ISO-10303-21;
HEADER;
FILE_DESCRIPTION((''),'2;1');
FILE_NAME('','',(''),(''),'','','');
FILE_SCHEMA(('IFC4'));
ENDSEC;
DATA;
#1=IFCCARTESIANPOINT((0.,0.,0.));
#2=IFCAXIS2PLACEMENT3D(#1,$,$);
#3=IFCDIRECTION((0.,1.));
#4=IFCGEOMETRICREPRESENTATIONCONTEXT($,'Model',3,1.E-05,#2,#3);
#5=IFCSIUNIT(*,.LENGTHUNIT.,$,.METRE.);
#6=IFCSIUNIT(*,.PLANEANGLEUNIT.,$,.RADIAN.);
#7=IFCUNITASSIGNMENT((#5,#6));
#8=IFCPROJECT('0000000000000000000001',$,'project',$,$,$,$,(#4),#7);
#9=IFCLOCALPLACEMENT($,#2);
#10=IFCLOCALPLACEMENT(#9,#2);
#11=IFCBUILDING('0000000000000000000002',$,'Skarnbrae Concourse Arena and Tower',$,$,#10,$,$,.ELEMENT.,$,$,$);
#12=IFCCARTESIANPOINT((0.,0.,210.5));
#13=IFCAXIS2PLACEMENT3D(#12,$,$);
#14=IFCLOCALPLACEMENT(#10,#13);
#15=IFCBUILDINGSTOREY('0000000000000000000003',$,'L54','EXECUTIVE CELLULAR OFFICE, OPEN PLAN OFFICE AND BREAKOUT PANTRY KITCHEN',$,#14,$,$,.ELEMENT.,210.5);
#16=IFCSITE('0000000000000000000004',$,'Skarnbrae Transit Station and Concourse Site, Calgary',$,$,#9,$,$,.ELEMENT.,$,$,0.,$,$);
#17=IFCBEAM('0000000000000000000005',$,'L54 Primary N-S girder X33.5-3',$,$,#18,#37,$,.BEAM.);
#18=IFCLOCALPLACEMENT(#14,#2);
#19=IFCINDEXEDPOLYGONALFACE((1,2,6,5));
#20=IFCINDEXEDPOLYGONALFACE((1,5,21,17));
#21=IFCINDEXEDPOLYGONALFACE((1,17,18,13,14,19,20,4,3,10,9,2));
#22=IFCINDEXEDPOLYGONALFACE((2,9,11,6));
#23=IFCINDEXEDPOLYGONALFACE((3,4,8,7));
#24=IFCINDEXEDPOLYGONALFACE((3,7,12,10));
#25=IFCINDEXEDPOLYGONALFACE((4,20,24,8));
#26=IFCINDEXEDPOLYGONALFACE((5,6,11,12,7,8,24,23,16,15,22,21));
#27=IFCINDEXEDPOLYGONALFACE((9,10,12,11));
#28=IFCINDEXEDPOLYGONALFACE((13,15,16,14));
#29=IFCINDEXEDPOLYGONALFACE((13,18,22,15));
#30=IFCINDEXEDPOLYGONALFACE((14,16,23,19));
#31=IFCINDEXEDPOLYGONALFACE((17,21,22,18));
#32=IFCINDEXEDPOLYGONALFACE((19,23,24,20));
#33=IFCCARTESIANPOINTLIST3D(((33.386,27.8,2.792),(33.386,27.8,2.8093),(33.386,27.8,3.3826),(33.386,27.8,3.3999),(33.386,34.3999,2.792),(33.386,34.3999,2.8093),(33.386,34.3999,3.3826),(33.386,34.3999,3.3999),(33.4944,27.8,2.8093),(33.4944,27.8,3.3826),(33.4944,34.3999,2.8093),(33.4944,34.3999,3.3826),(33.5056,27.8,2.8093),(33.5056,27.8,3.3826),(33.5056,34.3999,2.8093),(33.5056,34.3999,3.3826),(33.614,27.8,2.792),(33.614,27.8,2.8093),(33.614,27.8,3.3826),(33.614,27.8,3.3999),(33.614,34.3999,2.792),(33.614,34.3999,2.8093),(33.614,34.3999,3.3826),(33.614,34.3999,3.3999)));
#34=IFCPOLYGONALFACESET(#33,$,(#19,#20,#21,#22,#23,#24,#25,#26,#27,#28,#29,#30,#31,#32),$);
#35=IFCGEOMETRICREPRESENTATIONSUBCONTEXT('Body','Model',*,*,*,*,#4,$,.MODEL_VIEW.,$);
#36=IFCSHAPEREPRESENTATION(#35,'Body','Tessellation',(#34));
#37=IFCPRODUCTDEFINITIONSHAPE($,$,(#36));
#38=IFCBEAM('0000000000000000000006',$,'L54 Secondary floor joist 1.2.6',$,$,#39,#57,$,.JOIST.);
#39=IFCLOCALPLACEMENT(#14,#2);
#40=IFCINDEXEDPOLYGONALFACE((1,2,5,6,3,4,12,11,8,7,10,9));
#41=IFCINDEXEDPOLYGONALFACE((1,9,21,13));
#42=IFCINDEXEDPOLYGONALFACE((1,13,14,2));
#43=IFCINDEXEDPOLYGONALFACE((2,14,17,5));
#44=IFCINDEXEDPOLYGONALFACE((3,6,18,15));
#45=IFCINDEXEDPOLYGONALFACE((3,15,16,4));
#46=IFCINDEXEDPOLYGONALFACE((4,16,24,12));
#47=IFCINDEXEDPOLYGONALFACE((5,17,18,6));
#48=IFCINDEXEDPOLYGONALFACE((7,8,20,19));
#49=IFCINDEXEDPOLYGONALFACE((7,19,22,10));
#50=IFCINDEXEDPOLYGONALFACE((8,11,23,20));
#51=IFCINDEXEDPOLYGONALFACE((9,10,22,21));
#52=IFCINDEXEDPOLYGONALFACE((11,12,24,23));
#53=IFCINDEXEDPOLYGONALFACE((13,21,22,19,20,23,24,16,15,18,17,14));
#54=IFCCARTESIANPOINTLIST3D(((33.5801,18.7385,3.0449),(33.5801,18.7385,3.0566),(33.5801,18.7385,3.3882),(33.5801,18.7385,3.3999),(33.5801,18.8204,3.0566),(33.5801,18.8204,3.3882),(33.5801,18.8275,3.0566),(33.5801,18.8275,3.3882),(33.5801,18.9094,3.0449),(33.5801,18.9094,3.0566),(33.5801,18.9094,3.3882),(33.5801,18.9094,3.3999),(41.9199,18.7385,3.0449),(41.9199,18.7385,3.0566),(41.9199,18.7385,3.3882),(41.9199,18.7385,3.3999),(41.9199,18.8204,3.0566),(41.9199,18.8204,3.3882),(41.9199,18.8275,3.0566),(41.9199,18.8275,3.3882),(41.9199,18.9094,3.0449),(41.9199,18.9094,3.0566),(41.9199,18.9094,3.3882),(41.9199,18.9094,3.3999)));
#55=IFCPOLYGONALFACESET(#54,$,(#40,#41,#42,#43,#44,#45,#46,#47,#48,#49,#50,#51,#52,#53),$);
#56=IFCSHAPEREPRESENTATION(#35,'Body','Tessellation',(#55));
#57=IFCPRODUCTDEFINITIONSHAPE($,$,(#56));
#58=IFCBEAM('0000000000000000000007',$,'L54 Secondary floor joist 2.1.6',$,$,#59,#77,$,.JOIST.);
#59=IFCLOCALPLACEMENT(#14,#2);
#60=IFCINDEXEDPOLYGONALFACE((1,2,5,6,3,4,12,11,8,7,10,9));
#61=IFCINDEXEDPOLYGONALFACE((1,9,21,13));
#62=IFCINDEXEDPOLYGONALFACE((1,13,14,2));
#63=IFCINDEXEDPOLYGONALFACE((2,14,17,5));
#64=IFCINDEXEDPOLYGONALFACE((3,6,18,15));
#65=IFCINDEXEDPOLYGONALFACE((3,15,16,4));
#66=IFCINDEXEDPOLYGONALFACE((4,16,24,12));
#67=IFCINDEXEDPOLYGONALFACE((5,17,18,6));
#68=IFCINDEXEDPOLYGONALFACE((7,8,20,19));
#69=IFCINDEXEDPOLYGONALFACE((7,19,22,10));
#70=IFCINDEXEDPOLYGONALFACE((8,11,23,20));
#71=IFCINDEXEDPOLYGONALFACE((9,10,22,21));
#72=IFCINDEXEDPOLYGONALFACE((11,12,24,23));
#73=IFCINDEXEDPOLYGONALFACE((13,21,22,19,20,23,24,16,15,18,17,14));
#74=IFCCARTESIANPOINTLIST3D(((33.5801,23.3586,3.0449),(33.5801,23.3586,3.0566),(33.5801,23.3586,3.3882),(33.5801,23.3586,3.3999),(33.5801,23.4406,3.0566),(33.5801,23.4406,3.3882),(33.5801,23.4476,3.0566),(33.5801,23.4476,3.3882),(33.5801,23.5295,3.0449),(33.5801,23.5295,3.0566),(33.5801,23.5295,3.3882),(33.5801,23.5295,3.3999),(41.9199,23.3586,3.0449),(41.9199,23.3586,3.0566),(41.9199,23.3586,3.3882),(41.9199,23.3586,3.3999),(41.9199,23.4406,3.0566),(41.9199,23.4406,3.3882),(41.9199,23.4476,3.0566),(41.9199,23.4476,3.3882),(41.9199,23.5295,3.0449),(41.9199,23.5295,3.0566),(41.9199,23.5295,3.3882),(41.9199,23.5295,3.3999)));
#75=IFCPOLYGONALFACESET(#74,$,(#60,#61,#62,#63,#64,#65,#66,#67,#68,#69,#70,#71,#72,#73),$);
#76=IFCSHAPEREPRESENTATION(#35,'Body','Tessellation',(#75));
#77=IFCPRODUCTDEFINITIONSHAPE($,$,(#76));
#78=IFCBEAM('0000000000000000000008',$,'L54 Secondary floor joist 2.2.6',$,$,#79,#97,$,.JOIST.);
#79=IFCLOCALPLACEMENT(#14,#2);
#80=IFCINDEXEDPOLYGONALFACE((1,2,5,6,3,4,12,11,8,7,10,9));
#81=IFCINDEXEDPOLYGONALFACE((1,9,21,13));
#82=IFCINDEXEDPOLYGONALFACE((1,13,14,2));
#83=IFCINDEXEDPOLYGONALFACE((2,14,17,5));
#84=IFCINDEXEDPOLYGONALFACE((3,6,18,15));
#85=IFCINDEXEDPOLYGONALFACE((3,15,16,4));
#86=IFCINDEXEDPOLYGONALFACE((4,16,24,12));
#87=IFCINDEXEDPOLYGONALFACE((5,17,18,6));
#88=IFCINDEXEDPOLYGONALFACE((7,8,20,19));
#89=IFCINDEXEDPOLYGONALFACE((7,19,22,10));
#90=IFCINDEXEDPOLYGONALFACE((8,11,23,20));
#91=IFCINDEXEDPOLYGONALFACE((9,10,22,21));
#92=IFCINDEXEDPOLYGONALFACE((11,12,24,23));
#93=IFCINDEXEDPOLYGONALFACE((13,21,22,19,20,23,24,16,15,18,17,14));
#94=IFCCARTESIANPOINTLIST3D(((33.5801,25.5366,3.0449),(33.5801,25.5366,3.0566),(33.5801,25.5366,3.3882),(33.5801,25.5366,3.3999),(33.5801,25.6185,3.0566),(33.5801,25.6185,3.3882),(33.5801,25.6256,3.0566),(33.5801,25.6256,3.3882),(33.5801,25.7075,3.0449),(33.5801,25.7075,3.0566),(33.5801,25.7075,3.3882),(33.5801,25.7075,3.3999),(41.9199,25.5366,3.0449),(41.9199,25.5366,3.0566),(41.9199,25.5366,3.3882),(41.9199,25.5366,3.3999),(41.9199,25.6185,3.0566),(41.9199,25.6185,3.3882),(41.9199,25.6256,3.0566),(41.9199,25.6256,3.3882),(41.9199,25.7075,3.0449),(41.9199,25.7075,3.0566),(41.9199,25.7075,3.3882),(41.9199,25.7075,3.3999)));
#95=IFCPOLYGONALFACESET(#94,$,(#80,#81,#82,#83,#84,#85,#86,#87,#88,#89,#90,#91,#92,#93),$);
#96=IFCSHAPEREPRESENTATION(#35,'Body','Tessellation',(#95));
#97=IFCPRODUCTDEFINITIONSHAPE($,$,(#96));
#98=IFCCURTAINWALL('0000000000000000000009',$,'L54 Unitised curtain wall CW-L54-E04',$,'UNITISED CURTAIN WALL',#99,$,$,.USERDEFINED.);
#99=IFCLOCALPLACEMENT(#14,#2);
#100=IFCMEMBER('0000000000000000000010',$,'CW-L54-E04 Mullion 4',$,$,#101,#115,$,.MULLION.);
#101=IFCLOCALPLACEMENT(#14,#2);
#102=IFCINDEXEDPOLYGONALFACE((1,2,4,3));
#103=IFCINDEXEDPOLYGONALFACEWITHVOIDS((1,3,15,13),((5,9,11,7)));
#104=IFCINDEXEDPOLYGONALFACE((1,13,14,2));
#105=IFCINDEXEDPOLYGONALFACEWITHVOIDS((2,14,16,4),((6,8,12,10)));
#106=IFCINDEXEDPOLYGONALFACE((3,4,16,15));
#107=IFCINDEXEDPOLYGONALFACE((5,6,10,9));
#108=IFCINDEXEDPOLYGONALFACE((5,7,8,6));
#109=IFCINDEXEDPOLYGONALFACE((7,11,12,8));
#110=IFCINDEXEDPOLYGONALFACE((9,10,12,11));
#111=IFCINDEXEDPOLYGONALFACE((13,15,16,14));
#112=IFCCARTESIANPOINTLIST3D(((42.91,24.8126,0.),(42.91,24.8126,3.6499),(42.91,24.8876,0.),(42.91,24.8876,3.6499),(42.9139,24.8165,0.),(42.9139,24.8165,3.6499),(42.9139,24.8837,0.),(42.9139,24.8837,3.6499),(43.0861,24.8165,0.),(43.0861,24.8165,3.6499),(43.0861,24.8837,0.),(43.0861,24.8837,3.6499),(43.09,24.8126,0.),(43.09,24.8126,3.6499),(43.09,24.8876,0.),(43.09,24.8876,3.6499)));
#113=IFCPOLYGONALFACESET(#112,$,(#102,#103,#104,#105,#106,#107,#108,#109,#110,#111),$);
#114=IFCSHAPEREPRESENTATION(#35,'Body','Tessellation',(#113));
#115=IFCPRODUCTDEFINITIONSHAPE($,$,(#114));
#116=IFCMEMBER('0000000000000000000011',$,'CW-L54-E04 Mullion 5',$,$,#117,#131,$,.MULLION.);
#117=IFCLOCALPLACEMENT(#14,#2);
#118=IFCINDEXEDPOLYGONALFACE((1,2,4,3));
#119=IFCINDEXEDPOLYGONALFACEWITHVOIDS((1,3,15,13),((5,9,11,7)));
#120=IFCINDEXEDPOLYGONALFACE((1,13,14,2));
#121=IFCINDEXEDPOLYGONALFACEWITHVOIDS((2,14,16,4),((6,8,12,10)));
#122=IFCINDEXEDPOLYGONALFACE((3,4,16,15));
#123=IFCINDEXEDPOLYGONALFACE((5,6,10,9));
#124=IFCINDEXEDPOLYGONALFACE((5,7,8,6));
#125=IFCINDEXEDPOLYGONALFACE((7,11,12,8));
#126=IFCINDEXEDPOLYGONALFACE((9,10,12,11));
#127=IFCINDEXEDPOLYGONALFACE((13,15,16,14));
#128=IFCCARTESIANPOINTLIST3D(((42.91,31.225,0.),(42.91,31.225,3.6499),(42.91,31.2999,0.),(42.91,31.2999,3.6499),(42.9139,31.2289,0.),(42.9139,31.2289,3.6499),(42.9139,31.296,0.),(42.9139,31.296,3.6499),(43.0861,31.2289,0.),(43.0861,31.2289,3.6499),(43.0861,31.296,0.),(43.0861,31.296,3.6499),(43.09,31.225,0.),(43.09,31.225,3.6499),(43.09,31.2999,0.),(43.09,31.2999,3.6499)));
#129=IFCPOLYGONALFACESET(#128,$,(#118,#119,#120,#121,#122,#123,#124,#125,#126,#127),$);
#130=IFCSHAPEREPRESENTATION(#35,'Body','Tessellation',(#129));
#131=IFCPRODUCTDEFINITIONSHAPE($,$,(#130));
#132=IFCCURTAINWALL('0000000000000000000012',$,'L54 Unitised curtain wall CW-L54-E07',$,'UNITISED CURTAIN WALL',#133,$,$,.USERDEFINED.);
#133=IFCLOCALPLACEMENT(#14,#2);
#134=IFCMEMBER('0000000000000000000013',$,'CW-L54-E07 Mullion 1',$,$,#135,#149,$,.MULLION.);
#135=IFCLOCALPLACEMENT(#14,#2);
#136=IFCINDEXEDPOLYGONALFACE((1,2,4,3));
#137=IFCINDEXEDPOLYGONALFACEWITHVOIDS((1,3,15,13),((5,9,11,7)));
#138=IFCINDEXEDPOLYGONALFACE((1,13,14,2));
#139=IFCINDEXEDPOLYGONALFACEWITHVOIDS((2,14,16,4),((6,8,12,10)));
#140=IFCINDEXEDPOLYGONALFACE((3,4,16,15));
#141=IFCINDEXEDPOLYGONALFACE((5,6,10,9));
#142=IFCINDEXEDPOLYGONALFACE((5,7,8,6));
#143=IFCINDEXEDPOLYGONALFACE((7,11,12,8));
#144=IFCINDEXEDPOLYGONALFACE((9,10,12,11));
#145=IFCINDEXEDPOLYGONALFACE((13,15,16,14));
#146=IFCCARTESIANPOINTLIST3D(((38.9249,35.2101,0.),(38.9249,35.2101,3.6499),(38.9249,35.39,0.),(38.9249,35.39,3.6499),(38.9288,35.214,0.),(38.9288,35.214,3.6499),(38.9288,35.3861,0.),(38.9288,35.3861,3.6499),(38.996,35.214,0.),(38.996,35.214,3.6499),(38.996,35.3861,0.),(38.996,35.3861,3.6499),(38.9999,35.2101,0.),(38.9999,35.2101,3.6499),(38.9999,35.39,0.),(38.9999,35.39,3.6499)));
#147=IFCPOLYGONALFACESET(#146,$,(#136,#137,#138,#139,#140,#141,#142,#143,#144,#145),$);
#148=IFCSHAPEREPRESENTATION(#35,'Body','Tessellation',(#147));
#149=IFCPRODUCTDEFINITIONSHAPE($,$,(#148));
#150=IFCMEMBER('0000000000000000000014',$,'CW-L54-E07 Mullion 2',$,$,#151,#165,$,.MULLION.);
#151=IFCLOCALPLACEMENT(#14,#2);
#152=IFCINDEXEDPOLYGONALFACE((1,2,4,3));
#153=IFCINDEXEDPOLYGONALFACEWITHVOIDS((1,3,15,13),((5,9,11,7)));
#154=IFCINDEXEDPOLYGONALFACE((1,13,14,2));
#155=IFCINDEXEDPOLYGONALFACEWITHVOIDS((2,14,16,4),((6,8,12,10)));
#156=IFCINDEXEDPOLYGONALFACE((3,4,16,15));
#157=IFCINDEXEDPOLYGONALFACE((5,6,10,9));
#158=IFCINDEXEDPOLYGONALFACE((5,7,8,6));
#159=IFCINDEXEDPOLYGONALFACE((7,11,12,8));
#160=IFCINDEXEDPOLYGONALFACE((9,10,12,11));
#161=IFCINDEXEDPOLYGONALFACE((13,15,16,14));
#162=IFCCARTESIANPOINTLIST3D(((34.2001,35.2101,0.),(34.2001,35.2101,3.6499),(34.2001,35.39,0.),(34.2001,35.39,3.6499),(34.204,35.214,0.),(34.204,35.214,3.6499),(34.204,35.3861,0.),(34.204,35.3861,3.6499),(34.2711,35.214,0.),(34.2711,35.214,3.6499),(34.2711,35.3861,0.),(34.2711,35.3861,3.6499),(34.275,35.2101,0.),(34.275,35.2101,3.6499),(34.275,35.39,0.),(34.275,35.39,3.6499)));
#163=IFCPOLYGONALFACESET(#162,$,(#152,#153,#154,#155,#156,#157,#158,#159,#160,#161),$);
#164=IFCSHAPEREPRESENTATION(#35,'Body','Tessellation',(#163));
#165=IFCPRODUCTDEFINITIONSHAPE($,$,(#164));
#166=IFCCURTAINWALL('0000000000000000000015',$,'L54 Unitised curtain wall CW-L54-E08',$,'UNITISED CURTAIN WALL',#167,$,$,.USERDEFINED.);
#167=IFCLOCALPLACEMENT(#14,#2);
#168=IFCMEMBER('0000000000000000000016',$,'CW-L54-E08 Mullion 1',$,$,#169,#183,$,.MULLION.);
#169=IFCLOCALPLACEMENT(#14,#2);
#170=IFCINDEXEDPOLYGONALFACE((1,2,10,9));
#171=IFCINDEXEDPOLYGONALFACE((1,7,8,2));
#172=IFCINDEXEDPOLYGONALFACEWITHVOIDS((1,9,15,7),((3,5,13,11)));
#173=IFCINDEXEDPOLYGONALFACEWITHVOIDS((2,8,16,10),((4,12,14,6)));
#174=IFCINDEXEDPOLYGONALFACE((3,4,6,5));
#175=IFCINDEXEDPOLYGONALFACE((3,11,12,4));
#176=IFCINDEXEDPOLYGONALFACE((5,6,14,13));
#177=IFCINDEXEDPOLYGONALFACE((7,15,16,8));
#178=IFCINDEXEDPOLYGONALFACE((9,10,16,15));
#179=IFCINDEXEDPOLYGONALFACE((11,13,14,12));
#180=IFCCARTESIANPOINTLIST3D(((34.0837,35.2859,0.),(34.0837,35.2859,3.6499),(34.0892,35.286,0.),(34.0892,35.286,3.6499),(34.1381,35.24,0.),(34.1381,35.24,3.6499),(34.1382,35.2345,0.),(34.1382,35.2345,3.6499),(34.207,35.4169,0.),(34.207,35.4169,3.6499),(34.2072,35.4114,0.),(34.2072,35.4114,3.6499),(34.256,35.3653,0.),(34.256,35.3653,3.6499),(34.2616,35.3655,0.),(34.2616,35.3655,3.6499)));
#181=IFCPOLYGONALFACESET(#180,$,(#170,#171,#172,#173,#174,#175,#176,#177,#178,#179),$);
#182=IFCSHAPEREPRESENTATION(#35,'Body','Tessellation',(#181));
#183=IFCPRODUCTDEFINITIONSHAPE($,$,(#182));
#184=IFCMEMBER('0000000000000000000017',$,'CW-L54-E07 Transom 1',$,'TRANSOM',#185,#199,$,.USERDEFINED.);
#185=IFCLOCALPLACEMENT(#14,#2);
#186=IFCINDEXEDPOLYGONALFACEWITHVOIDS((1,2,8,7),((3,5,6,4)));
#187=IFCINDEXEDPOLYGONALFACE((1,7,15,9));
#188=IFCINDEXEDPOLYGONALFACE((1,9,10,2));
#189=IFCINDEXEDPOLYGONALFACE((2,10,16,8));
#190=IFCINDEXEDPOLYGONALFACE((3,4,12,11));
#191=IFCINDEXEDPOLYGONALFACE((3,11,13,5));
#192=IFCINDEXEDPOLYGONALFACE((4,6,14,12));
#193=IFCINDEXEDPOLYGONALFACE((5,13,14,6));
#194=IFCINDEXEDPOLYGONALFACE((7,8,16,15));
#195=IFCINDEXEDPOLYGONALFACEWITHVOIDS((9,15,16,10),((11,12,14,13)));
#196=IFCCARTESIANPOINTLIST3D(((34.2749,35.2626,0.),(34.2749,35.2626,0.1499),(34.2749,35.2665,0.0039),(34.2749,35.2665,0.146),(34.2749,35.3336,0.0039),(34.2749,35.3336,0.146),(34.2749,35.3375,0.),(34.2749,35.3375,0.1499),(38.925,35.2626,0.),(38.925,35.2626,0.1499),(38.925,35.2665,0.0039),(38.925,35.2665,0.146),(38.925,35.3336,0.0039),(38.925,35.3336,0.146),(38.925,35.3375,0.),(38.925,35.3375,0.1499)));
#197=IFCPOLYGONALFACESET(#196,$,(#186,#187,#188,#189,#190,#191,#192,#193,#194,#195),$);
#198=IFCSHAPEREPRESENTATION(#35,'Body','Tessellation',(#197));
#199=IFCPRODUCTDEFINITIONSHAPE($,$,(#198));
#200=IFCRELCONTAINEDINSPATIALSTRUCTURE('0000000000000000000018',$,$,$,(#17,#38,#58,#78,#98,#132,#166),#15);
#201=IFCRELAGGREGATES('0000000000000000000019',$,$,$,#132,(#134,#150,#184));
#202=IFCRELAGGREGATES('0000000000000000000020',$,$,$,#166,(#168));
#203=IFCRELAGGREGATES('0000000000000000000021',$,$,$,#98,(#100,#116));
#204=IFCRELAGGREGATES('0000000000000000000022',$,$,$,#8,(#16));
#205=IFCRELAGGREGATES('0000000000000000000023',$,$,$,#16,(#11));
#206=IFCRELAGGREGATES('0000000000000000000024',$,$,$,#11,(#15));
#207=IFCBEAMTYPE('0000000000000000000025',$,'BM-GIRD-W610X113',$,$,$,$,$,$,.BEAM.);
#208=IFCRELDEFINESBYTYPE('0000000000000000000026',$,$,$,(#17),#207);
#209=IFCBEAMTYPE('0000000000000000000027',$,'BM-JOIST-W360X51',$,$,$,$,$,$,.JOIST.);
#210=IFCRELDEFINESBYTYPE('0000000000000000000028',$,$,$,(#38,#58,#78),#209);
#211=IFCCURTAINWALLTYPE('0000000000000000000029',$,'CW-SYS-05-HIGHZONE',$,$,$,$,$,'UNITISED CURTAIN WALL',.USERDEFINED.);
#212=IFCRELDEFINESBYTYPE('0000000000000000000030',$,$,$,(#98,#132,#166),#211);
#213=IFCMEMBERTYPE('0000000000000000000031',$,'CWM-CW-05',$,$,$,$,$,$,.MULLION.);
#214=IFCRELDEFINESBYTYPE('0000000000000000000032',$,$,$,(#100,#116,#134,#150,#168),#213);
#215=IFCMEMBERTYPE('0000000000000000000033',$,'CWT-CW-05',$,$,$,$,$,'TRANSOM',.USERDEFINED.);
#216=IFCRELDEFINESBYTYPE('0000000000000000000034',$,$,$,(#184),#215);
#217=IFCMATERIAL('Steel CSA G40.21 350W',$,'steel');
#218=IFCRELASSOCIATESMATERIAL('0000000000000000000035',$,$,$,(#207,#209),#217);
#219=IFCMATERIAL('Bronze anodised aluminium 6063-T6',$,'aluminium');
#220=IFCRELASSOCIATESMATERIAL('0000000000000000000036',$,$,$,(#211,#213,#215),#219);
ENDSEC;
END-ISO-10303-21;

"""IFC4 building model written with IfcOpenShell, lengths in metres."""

from ifc_helpers import new_model, si_unit, direction, frame, origin, origin_2d, place, context, subcontext, project, spatial, hollow_rectangle, i_section, extrude, source, transform, mapped, material, material_profile, profile_set, type_object, element, aggregate, save


model = new_model("IFC4")

# Units and contexts
model_context = context("Model", 3, precision=1e-05, world=origin(), true_north=direction((0.0, 1.0)))
body_context = subcontext(model_context, "Body", "Model", "MODEL_VIEW")
ifc_project = project(units=[si_unit("LENGTHUNIT", "METRE"), si_unit("PLANEANGLEUNIT", "RADIAN")], contexts=[model_context])

# Site, building, storey
site_placement = place(None, origin())
site = spatial("IfcSite", under=ifc_project, at=site_placement, Name="Skarnbrae Transit Station and Concourse Site, Calgary", CompositionType="ELEMENT", RefElevation=0.0)
building_placement = place(site_placement, origin())
building = spatial("IfcBuilding", under=site, at=building_placement, Name="Skarnbrae Concourse Arena and Tower", CompositionType="ELEMENT")
storey_placement = place(building_placement, frame((0.0, 0.0, 210.5)))
storey = spatial("IfcBuildingStorey", under=building, at=storey_placement, Name="L54", Description="EXECUTIVE CELLULAR OFFICE, OPEN PLAN OFFICE AND BREAKOUT PANTRY KITCHEN", CompositionType="ELEMENT", Elevation=210.5)

# Shared definitions
ifc_material_1 = material(Name="Steel CSA G40.21 350W", Category="steel")

# Beams
ifc_material_profile_1 = material_profile(ifc_material_1, i_section(OverallWidth=0.228, OverallDepth=0.6079, WebThickness=0.0112, FlangeThickness=0.0173, at=origin_2d()), Name="W610X113")
ifc_profile_set_1 = profile_set([ifc_material_profile_1], Name="Steel CSA G40.21 350W")
beam_type_1 = type_object("IfcBeamType", Name="BM-GIRD-W610X113", PredefinedType="BEAM", material=ifc_profile_set_1)
shared_shape_1 = source(origin(), body_context, "Body", "SweptSolid", [
    extrude(i_section(OverallWidth=0.228, OverallDepth=0.6079, WebThickness=0.0112, FlangeThickness=0.0173, at=origin_2d()), origin(), (0.0, 0.0, 1.0), 6.5999),
])
beam_1_placement = place(storey_placement, frame((33.5, 27.8, 3.0959), z_axis=(0.0, 1.0, 0.0), x_axis=(-1.0, 0.0, 0.0)))
element("IfcBeam", 1, at=beam_1_placement, inside=storey, type_object=beam_type_1, Name="L54 Primary N-S girder X33.5-3", PredefinedType="BEAM", context=body_context, shape_type="MappedRepresentation", body=[
    mapped(shared_shape_1, transform((0.0, 0.0, 0.0))),
])
ifc_material_profile_2 = material_profile(ifc_material_1, i_section(OverallWidth=0.1709, OverallDepth=0.355, WebThickness=0.0071, FlangeThickness=0.0117, at=origin_2d()), Name="W360X51")
ifc_profile_set_2 = profile_set([ifc_material_profile_2], Name="Steel CSA G40.21 350W")
beam_type_2 = type_object("IfcBeamType", Name="BM-JOIST-W360X51", PredefinedType="JOIST", material=ifc_profile_set_2)
shared_shape_2 = source(origin(), body_context, "Body", "SweptSolid", [
    extrude(i_section(OverallWidth=0.1709, OverallDepth=0.355, WebThickness=0.0071, FlangeThickness=0.0117, at=origin_2d()), origin(), (0.0, 0.0, 1.0), 8.3398),
])
for number, where, z_axis, x_axis, name in (
    (2, (33.5801, 18.824, 3.2224), (1.0, 0.0, 0.0), (0.0, 1.0, 0.0), "L54 Secondary floor joist 1.2.6"),
    (3, (33.5801, 23.4441, 3.2224), (1.0, 0.0, 0.0), (0.0, 1.0, 0.0), "L54 Secondary floor joist 2.1.6"),
    (4, (33.5801, 25.6221, 3.2224), (1.0, 0.0, 0.0), (0.0, 1.0, 0.0), "L54 Secondary floor joist 2.2.6"),
):
    element("IfcBeam", number, at=place(storey_placement, frame(where, z_axis=z_axis, x_axis=x_axis)), inside=storey, type_object=beam_type_2, Name=name, PredefinedType="JOIST", context=body_context, shape_type="MappedRepresentation", body=[
        mapped(shared_shape_2, transform((0.0, 0.0, 0.0))),
    ])

# Curtain walls, members
ifc_material_2 = material(Name="Bronze anodised aluminium 6063-T6", Category="aluminium")
curtain_wall_type = type_object("IfcCurtainWallType", Name="CW-SYS-05-HIGHZONE", ElementType="UNITISED CURTAIN WALL", PredefinedType="USERDEFINED", material=ifc_material_2)
curtain_wall_1_placement = place(storey_placement, origin())
curtain_wall_1 = element("IfcCurtainWall", 5, at=curtain_wall_1_placement, inside=storey, type_object=curtain_wall_type, Name="L54 Unitised curtain wall CW-L54-E04", ObjectType="UNITISED CURTAIN WALL", PredefinedType="USERDEFINED")
ifc_material_profile_3 = material_profile(ifc_material_2, hollow_rectangle(XDim=0.075, YDim=0.1799, WallThickness=0.0039, at=origin_2d()), Name="ALU-MULL-75X180")
ifc_profile_set_3 = profile_set([ifc_material_profile_3], Name="Bronze anodised aluminium 6063-T6")
member_type_1 = type_object("IfcMemberType", Name="CWM-CW-05", PredefinedType="MULLION", material=ifc_profile_set_3)
shared_shape_3 = source(origin(), body_context, "Body", "SweptSolid", [
    extrude(hollow_rectangle(XDim=0.075, YDim=0.1799, WallThickness=0.0039, at=origin_2d()), origin(), (0.0, 0.0, 1.0), 3.6499),
])
member_1_placement = place(storey_placement, frame((43.0, 24.8501, 0.0), z_axis=(0.0, 0.0, 1.0), x_axis=(0.0, 1.0, 0.0)))
member_1 = element("IfcMember", 6, at=member_1_placement, type_object=member_type_1, Name="CW-L54-E04 Mullion 4", PredefinedType="MULLION", context=body_context, shape_type="MappedRepresentation", body=[
    mapped(shared_shape_3, transform((0.0, 0.0, 0.0))),
])
member_2_placement = place(storey_placement, frame((43.0, 31.2625, 0.0), z_axis=(0.0, 0.0, 1.0), x_axis=(0.0, 1.0, 0.0)))
member_2 = element("IfcMember", 7, at=member_2_placement, type_object=member_type_1, Name="CW-L54-E04 Mullion 5", PredefinedType="MULLION", context=body_context, shape_type="MappedRepresentation", body=[
    mapped(shared_shape_3, transform((0.0, 0.0, 0.0))),
])
curtain_wall_2_placement = place(storey_placement, origin())
curtain_wall_2 = element("IfcCurtainWall", 8, at=curtain_wall_2_placement, inside=storey, type_object=curtain_wall_type, Name="L54 Unitised curtain wall CW-L54-E07", ObjectType="UNITISED CURTAIN WALL", PredefinedType="USERDEFINED")
member_3_placement = place(storey_placement, frame((38.9624, 35.3, 0.0), z_axis=(0.0, 0.0, 1.0), x_axis=(-1.0, 0.0, 0.0)))
member_3 = element("IfcMember", 9, at=member_3_placement, type_object=member_type_1, Name="CW-L54-E07 Mullion 1", PredefinedType="MULLION", context=body_context, shape_type="MappedRepresentation", body=[
    mapped(shared_shape_3, transform((0.0, 0.0, 0.0))),
])
member_4_placement = place(storey_placement, frame((34.2375, 35.3, 0.0), z_axis=(0.0, 0.0, 1.0), x_axis=(-1.0, 0.0, 0.0)))
member_4 = element("IfcMember", 10, at=member_4_placement, type_object=member_type_1, Name="CW-L54-E07 Mullion 2", PredefinedType="MULLION", context=body_context, shape_type="MappedRepresentation", body=[
    mapped(shared_shape_3, transform((0.0, 0.0, 0.0))),
])

# Curtain wall, member
curtain_wall_3_placement = place(storey_placement, origin())
curtain_wall_3 = element("IfcCurtainWall", 11, at=curtain_wall_3_placement, inside=storey, type_object=curtain_wall_type, Name="L54 Unitised curtain wall CW-L54-E08", ObjectType="UNITISED CURTAIN WALL", PredefinedType="USERDEFINED")
member_5_placement = place(storey_placement, frame((34.1726, 35.3257, 0.0), z_axis=(0.0, 0.0, 1.0), x_axis=(-0.728131, 0.685438, 0.0)))
member_5 = element("IfcMember", 12, at=member_5_placement, type_object=member_type_1, Name="CW-L54-E08 Mullion 1", PredefinedType="MULLION", context=body_context, shape_type="MappedRepresentation", body=[
    mapped(shared_shape_3, transform((0.0, 0.0, 0.0))),
])

# Member
ifc_material_profile_4 = material_profile(ifc_material_2, hollow_rectangle(XDim=0.075, YDim=0.1499, WallThickness=0.0039, at=origin_2d()), Name="ALU-TRAN-75X150")
ifc_profile_set_4 = profile_set([ifc_material_profile_4], Name="Bronze anodised aluminium 6063-T6")
member_type_2 = type_object("IfcMemberType", Name="CWT-CW-05", ElementType="TRANSOM", PredefinedType="USERDEFINED", material=ifc_profile_set_4)
shared_shape_4 = source(origin(), body_context, "Body", "SweptSolid", [
    extrude(hollow_rectangle(XDim=0.075, YDim=0.1499, WallThickness=0.0039, at=origin_2d()), origin(), (0.0, 0.0, 1.0), 4.6501),
])
member_6_placement = place(storey_placement, frame((38.925, 35.3, 0.075), z_axis=(-1.0, 0.0, 0.0), x_axis=(0.0, -1.0, 0.0)))
member_6 = element("IfcMember", 13, at=member_6_placement, type_object=member_type_2, Name="CW-L54-E07 Transom 1", ObjectType="TRANSOM", PredefinedType="USERDEFINED", context=body_context, shape_type="MappedRepresentation", body=[
    mapped(shared_shape_4, transform((0.0, 0.0, 0.0))),
])

aggregate(curtain_wall_2, [member_3, member_4, member_6])
aggregate(curtain_wall_3, [member_5])
aggregate(curtain_wall_1, [member_1, member_2])

save(model, "model.ifc")
